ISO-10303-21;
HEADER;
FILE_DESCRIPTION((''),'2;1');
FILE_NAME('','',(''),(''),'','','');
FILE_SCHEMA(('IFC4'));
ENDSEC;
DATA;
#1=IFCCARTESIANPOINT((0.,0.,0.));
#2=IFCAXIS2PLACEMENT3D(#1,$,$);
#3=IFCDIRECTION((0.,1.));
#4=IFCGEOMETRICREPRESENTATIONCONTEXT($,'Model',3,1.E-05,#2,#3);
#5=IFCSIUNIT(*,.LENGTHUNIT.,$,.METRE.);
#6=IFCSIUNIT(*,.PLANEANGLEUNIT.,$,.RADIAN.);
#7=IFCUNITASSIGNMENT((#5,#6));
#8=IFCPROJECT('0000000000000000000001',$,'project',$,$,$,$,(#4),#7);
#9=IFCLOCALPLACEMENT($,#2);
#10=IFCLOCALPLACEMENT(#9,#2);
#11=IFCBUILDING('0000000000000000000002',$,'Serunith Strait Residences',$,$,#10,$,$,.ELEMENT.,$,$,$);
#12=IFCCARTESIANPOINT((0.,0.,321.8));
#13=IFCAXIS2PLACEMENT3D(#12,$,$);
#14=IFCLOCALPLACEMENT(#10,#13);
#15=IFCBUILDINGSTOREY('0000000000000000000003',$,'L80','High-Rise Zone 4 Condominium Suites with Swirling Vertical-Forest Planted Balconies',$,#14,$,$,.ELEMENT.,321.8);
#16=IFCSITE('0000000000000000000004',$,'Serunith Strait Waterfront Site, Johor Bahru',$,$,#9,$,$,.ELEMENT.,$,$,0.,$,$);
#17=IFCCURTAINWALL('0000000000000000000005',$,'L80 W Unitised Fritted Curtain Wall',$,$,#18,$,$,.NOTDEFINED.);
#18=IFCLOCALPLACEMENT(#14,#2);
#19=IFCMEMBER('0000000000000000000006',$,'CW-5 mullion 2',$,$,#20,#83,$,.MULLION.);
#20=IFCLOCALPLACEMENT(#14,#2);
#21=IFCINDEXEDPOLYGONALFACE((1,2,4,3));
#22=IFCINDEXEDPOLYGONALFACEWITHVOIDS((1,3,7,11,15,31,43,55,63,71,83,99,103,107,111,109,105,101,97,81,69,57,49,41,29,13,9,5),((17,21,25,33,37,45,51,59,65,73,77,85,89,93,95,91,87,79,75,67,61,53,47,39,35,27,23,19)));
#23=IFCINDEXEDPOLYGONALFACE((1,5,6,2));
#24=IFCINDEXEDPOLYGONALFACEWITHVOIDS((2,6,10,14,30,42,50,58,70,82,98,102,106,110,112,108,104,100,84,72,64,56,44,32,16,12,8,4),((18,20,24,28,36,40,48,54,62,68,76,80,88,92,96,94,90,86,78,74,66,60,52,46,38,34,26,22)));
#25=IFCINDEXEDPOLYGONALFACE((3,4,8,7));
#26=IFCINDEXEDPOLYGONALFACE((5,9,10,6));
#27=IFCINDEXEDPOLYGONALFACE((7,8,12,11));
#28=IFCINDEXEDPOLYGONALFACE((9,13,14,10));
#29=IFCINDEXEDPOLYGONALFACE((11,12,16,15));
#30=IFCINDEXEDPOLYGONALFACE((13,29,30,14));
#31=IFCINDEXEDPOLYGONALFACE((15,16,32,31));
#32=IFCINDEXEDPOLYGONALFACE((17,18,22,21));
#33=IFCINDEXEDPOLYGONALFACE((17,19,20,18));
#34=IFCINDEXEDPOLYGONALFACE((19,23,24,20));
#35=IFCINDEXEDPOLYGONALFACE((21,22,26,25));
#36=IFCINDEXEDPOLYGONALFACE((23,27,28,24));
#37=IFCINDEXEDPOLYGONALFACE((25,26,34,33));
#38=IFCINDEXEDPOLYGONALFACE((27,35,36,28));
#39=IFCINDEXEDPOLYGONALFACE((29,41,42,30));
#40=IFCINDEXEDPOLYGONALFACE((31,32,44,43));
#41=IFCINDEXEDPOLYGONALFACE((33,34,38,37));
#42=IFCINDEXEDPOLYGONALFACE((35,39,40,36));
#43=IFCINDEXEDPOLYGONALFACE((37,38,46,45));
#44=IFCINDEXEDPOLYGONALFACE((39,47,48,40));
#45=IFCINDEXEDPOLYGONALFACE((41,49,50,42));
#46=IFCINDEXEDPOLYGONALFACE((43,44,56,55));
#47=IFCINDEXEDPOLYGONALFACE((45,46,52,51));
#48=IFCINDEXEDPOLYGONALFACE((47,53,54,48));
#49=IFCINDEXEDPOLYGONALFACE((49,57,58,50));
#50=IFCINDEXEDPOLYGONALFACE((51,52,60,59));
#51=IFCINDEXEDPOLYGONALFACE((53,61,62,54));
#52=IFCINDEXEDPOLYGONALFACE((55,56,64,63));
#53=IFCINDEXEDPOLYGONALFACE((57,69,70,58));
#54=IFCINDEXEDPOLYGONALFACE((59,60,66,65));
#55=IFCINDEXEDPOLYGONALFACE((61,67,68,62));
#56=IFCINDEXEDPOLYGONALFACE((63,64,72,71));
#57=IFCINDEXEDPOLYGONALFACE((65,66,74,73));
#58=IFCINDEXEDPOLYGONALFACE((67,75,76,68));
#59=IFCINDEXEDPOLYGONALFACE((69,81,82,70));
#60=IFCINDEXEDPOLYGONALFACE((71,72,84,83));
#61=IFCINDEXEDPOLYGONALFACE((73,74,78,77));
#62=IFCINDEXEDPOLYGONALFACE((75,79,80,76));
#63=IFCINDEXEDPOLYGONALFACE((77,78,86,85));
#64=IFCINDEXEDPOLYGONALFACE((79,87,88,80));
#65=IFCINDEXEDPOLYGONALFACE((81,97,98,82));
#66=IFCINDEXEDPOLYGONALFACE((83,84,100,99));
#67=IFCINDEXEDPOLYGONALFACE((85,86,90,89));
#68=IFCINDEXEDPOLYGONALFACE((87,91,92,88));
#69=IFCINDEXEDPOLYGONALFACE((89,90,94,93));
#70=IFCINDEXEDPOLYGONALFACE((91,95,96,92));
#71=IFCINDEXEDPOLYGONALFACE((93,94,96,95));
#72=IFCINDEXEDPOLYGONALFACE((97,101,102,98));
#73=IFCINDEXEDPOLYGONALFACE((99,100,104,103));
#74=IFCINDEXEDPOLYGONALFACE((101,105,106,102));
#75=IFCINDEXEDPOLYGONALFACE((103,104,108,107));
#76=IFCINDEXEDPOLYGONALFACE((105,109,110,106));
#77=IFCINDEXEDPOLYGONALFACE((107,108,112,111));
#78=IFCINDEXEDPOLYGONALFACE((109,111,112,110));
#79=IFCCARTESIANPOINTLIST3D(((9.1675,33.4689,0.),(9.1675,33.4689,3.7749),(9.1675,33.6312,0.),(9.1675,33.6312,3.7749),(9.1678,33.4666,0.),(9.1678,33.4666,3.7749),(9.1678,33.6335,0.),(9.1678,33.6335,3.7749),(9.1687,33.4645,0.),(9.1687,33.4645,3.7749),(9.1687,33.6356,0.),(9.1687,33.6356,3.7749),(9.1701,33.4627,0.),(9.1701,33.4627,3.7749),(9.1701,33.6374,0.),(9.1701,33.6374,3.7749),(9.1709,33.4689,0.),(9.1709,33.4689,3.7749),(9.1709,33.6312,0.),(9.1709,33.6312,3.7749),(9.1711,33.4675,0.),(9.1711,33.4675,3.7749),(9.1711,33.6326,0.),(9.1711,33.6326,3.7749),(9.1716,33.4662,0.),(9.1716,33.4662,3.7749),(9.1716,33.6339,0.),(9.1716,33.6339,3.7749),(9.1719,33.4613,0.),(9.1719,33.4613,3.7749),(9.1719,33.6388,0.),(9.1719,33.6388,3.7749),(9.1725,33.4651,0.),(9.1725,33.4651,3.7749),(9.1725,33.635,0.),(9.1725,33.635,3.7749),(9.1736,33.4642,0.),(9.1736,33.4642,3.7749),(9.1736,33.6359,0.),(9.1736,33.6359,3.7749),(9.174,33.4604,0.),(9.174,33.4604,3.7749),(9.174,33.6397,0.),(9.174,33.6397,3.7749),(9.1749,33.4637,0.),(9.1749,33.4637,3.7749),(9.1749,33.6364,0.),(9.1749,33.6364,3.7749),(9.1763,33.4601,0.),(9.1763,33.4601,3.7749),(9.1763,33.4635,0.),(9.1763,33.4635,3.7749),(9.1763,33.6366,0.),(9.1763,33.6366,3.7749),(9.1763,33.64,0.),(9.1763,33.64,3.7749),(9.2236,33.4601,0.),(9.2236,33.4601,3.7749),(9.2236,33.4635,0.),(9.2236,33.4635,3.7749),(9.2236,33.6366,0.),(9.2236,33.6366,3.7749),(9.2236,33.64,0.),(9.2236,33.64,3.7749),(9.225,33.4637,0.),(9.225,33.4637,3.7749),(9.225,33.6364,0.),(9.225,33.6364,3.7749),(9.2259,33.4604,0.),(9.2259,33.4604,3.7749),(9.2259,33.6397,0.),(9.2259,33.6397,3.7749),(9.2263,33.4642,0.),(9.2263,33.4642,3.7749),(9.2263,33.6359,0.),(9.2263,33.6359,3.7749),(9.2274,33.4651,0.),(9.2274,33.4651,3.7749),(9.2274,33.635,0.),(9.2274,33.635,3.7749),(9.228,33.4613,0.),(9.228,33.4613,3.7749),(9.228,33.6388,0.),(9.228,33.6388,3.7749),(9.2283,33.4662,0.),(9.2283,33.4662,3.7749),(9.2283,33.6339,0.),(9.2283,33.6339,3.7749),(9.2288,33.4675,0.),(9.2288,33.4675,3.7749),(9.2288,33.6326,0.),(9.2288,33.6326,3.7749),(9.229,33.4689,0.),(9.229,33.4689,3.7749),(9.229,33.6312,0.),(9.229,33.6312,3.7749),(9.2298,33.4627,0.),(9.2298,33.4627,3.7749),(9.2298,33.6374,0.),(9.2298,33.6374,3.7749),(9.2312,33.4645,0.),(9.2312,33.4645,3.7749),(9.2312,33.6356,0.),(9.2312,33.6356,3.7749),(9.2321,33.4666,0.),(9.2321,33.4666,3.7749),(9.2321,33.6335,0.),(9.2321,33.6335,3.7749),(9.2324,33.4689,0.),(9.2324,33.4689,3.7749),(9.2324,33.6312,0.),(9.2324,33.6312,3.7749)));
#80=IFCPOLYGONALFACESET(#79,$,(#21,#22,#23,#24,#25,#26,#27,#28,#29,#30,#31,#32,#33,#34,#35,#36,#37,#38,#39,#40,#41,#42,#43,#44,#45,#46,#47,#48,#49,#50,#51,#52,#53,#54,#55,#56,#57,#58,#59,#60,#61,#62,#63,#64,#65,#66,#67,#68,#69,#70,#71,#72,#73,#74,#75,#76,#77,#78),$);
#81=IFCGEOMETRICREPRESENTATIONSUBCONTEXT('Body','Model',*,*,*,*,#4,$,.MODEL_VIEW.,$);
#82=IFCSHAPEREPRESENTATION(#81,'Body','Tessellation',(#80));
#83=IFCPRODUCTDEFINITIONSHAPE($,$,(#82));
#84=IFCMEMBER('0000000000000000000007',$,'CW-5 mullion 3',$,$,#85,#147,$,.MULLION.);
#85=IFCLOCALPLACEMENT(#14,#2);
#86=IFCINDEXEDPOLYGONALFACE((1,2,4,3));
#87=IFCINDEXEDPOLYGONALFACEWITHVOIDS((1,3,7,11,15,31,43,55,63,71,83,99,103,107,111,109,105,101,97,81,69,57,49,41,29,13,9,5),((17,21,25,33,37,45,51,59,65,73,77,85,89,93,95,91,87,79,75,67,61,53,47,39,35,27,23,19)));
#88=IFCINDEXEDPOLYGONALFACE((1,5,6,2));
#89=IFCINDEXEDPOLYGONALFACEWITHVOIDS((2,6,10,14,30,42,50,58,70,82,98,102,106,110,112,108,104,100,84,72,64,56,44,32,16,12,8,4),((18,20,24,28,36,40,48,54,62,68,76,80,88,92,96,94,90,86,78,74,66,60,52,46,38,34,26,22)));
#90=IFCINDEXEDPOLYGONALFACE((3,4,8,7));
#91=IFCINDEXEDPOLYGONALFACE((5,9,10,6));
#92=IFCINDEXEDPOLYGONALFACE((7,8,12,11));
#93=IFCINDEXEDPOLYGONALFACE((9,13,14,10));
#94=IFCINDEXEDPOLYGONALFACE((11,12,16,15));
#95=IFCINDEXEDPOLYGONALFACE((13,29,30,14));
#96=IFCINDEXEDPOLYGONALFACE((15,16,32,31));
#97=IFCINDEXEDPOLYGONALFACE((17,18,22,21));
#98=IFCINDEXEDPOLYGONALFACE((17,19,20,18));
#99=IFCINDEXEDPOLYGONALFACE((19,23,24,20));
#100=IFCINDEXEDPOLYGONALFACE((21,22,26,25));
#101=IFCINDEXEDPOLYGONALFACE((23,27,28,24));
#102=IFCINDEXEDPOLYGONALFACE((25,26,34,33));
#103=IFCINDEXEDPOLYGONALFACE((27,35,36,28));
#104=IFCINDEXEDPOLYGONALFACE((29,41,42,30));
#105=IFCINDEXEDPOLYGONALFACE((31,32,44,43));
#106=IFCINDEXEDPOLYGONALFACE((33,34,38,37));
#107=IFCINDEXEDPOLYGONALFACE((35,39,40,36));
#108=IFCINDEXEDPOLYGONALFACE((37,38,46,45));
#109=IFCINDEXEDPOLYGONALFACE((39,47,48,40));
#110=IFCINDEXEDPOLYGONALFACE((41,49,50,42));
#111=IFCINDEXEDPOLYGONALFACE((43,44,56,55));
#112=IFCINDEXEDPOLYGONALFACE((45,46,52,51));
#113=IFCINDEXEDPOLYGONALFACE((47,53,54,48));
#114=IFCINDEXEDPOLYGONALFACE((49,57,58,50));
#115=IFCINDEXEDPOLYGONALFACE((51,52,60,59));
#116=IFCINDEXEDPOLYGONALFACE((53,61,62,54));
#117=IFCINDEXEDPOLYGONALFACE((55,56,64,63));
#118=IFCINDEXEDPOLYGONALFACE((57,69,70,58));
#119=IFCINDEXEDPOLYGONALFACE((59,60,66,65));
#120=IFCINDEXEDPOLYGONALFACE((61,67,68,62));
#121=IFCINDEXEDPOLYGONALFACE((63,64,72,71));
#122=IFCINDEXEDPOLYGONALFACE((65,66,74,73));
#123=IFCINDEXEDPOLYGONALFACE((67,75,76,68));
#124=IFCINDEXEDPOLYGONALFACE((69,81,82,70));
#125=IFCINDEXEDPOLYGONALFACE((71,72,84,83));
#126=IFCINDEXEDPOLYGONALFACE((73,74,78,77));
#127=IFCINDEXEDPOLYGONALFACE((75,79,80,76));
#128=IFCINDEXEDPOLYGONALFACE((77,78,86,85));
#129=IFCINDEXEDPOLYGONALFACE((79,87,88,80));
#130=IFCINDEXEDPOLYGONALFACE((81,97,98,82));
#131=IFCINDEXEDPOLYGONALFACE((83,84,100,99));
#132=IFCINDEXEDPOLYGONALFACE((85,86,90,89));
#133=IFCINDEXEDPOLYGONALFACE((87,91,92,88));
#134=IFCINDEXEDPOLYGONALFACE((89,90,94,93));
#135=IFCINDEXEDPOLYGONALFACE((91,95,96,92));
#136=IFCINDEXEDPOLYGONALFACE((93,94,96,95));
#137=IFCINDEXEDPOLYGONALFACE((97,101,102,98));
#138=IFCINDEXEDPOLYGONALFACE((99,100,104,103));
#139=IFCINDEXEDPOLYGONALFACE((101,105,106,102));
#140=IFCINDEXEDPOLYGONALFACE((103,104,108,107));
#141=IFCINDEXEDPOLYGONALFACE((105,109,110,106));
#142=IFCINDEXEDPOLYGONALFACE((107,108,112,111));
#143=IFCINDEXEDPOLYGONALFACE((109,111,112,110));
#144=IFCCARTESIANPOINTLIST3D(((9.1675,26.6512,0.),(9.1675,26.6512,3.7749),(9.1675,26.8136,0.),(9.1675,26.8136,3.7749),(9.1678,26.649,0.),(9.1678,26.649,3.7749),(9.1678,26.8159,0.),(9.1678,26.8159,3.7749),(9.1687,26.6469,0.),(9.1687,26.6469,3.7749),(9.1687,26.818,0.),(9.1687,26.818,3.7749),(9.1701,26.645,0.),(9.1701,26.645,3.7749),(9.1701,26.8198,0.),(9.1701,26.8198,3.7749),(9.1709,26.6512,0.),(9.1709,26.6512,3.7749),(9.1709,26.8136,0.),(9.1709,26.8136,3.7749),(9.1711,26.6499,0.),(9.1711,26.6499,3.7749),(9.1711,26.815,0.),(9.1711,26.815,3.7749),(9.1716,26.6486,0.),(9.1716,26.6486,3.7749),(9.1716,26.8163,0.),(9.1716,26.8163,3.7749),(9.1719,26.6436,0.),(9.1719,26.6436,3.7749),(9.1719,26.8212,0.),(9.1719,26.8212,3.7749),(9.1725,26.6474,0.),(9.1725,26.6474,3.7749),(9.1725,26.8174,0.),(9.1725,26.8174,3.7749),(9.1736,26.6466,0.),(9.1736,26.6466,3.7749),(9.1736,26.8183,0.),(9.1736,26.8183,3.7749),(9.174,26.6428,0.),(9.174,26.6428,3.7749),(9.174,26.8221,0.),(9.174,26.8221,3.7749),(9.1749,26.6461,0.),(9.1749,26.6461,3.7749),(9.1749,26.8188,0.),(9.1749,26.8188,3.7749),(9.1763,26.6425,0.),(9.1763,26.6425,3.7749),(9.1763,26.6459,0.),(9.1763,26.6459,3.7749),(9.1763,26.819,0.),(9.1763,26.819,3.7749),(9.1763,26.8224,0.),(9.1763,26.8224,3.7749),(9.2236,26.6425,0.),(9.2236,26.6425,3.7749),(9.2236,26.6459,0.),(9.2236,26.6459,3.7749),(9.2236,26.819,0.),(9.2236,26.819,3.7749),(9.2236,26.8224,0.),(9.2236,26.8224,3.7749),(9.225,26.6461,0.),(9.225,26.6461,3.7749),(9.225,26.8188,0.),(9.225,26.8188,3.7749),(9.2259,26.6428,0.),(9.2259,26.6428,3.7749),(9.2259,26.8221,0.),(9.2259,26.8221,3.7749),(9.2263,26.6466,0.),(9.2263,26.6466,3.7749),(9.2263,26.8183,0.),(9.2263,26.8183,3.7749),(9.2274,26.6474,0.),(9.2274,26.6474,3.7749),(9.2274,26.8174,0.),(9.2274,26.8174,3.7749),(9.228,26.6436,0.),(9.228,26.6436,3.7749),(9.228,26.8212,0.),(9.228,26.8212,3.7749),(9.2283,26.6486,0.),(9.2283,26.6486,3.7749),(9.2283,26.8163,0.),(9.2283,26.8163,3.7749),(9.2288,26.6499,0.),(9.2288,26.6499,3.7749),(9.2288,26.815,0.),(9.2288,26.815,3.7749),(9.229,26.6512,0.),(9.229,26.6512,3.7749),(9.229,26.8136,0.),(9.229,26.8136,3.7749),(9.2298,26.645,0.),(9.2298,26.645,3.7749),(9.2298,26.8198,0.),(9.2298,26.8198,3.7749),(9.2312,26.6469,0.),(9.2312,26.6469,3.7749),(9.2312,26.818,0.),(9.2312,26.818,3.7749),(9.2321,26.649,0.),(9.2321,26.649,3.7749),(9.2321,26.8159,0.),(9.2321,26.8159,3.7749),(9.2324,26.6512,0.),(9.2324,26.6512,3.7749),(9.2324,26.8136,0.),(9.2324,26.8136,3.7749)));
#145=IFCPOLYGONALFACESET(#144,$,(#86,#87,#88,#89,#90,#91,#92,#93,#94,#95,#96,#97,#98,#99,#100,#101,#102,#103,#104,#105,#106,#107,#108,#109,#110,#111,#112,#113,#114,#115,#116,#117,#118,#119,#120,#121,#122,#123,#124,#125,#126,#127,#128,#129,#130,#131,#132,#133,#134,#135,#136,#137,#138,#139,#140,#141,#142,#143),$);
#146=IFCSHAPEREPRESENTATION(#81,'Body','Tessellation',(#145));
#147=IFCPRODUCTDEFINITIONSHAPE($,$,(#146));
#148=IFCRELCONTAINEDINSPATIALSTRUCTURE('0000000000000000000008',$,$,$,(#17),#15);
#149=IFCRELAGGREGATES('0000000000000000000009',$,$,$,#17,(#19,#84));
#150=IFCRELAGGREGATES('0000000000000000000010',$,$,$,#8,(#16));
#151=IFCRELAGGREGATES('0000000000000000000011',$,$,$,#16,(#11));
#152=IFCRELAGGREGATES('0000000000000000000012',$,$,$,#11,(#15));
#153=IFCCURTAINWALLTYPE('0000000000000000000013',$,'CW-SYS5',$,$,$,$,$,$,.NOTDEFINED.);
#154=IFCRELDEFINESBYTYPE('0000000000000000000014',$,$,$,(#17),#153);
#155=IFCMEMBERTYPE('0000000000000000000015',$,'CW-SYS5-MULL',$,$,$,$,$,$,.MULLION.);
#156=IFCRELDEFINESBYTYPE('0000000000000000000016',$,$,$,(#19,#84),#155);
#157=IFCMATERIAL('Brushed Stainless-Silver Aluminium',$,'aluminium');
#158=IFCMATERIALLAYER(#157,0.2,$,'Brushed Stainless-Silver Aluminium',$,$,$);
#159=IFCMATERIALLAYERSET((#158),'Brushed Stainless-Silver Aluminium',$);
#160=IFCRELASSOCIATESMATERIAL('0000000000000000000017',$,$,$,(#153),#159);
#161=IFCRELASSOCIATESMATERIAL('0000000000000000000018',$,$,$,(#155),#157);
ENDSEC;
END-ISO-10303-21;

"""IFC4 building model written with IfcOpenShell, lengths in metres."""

from ifc_helpers import new_model, si_unit, direction, frame, origin, origin_2d, place, context, subcontext, project, spatial, hollow_rectangle, extrude, source, transform, mapped, material, layer, layer_set, material_profile, profile_set, type_object, element, aggregate, save


model = new_model("IFC4")

# Units and contexts
model_context = context("Model", 3, precision=1e-05, world=origin(), true_north=direction((0.0, 1.0)))
body_context = subcontext(model_context, "Body", "Model", "MODEL_VIEW")
ifc_project = project(units=[si_unit("LENGTHUNIT", "METRE"), si_unit("PLANEANGLEUNIT", "RADIAN")], contexts=[model_context])

# Site, building, storey
site_placement = place(None, origin())
site = spatial("IfcSite", under=ifc_project, at=site_placement, Name="Serunith Strait Waterfront Site, Johor Bahru", CompositionType="ELEMENT", RefElevation=0.0)
building_placement = place(site_placement, origin())
building = spatial("IfcBuilding", under=site, at=building_placement, Name="Serunith Strait Residences", CompositionType="ELEMENT")
storey_placement = place(building_placement, frame((0.0, 0.0, 321.8)))
storey = spatial("IfcBuildingStorey", under=building, at=storey_placement, Name="L80", Description="High-Rise Zone 4 Condominium Suites with Swirling Vertical-Forest Planted Balconies", CompositionType="ELEMENT", Elevation=321.8)

# Curtain wall, members
ifc_material_1 = material(Name="Brushed Stainless-Silver Aluminium", Category="aluminium")
ifc_layer_1 = layer(ifc_material_1, 0.2, Name="Brushed Stainless-Silver Aluminium")
ifc_layer_set_1 = layer_set([ifc_layer_1], Name="Brushed Stainless-Silver Aluminium")
curtain_wall_type = type_object("IfcCurtainWallType", Name="CW-SYS5", PredefinedType="NOTDEFINED", material=ifc_layer_set_1)
curtain_wall_1_placement = place(storey_placement, origin())
curtain_wall_1 = element("IfcCurtainWall", 1, at=curtain_wall_1_placement, inside=storey, type_object=curtain_wall_type, Name="L80 W Unitised Fritted Curtain Wall", PredefinedType="NOTDEFINED")
ifc_material_profile_1 = material_profile(ifc_material_1, hollow_rectangle(XDim=0.0649, YDim=0.1799, WallThickness=0.0034, InnerFilletRadius=0.0054, OuterFilletRadius=0.0088, at=origin_2d()), Name="ALU 180x65x3.5")
ifc_profile_set_1 = profile_set([ifc_material_profile_1], Name="Brushed Stainless-Silver Aluminium")
member_type_1 = type_object("IfcMemberType", Name="CW-SYS5-MULL", PredefinedType="MULLION", material=ifc_profile_set_1)
shared_shape_1 = source(origin(), body_context, "Body", "SweptSolid", [
    extrude(hollow_rectangle(XDim=0.0649, YDim=0.1799, WallThickness=0.0034, InnerFilletRadius=0.0054, OuterFilletRadius=0.0088, at=origin_2d()), origin(), (0.0, 0.0, 1.0), 3.7749),
])
member_1_placement = place(storey_placement, frame((9.2, 33.55, 0.0), z_axis=(0.0, 0.0, 1.0), x_axis=(1.0, 0.0, 0.0)))
member_1 = element("IfcMember", 2, at=member_1_placement, type_object=member_type_1, Name="CW-5 mullion 2", PredefinedType="MULLION", context=body_context, shape_type="MappedRepresentation", body=[
    mapped(shared_shape_1, transform((0.0, 0.0, 0.0), scale=1.0)),
])
member_2_placement = place(storey_placement, frame((9.2, 26.7324, 0.0), z_axis=(0.0, 0.0, 1.0), x_axis=(1.0, 0.0, 0.0)))
member_2 = element("IfcMember", 3, at=member_2_placement, type_object=member_type_1, Name="CW-5 mullion 3", PredefinedType="MULLION", context=body_context, shape_type="MappedRepresentation", body=[
    mapped(shared_shape_1, transform((0.0, 0.0, 0.0), scale=1.0)),
])

aggregate(curtain_wall_1, [member_1, member_2])

save(model, "model.ifc")
